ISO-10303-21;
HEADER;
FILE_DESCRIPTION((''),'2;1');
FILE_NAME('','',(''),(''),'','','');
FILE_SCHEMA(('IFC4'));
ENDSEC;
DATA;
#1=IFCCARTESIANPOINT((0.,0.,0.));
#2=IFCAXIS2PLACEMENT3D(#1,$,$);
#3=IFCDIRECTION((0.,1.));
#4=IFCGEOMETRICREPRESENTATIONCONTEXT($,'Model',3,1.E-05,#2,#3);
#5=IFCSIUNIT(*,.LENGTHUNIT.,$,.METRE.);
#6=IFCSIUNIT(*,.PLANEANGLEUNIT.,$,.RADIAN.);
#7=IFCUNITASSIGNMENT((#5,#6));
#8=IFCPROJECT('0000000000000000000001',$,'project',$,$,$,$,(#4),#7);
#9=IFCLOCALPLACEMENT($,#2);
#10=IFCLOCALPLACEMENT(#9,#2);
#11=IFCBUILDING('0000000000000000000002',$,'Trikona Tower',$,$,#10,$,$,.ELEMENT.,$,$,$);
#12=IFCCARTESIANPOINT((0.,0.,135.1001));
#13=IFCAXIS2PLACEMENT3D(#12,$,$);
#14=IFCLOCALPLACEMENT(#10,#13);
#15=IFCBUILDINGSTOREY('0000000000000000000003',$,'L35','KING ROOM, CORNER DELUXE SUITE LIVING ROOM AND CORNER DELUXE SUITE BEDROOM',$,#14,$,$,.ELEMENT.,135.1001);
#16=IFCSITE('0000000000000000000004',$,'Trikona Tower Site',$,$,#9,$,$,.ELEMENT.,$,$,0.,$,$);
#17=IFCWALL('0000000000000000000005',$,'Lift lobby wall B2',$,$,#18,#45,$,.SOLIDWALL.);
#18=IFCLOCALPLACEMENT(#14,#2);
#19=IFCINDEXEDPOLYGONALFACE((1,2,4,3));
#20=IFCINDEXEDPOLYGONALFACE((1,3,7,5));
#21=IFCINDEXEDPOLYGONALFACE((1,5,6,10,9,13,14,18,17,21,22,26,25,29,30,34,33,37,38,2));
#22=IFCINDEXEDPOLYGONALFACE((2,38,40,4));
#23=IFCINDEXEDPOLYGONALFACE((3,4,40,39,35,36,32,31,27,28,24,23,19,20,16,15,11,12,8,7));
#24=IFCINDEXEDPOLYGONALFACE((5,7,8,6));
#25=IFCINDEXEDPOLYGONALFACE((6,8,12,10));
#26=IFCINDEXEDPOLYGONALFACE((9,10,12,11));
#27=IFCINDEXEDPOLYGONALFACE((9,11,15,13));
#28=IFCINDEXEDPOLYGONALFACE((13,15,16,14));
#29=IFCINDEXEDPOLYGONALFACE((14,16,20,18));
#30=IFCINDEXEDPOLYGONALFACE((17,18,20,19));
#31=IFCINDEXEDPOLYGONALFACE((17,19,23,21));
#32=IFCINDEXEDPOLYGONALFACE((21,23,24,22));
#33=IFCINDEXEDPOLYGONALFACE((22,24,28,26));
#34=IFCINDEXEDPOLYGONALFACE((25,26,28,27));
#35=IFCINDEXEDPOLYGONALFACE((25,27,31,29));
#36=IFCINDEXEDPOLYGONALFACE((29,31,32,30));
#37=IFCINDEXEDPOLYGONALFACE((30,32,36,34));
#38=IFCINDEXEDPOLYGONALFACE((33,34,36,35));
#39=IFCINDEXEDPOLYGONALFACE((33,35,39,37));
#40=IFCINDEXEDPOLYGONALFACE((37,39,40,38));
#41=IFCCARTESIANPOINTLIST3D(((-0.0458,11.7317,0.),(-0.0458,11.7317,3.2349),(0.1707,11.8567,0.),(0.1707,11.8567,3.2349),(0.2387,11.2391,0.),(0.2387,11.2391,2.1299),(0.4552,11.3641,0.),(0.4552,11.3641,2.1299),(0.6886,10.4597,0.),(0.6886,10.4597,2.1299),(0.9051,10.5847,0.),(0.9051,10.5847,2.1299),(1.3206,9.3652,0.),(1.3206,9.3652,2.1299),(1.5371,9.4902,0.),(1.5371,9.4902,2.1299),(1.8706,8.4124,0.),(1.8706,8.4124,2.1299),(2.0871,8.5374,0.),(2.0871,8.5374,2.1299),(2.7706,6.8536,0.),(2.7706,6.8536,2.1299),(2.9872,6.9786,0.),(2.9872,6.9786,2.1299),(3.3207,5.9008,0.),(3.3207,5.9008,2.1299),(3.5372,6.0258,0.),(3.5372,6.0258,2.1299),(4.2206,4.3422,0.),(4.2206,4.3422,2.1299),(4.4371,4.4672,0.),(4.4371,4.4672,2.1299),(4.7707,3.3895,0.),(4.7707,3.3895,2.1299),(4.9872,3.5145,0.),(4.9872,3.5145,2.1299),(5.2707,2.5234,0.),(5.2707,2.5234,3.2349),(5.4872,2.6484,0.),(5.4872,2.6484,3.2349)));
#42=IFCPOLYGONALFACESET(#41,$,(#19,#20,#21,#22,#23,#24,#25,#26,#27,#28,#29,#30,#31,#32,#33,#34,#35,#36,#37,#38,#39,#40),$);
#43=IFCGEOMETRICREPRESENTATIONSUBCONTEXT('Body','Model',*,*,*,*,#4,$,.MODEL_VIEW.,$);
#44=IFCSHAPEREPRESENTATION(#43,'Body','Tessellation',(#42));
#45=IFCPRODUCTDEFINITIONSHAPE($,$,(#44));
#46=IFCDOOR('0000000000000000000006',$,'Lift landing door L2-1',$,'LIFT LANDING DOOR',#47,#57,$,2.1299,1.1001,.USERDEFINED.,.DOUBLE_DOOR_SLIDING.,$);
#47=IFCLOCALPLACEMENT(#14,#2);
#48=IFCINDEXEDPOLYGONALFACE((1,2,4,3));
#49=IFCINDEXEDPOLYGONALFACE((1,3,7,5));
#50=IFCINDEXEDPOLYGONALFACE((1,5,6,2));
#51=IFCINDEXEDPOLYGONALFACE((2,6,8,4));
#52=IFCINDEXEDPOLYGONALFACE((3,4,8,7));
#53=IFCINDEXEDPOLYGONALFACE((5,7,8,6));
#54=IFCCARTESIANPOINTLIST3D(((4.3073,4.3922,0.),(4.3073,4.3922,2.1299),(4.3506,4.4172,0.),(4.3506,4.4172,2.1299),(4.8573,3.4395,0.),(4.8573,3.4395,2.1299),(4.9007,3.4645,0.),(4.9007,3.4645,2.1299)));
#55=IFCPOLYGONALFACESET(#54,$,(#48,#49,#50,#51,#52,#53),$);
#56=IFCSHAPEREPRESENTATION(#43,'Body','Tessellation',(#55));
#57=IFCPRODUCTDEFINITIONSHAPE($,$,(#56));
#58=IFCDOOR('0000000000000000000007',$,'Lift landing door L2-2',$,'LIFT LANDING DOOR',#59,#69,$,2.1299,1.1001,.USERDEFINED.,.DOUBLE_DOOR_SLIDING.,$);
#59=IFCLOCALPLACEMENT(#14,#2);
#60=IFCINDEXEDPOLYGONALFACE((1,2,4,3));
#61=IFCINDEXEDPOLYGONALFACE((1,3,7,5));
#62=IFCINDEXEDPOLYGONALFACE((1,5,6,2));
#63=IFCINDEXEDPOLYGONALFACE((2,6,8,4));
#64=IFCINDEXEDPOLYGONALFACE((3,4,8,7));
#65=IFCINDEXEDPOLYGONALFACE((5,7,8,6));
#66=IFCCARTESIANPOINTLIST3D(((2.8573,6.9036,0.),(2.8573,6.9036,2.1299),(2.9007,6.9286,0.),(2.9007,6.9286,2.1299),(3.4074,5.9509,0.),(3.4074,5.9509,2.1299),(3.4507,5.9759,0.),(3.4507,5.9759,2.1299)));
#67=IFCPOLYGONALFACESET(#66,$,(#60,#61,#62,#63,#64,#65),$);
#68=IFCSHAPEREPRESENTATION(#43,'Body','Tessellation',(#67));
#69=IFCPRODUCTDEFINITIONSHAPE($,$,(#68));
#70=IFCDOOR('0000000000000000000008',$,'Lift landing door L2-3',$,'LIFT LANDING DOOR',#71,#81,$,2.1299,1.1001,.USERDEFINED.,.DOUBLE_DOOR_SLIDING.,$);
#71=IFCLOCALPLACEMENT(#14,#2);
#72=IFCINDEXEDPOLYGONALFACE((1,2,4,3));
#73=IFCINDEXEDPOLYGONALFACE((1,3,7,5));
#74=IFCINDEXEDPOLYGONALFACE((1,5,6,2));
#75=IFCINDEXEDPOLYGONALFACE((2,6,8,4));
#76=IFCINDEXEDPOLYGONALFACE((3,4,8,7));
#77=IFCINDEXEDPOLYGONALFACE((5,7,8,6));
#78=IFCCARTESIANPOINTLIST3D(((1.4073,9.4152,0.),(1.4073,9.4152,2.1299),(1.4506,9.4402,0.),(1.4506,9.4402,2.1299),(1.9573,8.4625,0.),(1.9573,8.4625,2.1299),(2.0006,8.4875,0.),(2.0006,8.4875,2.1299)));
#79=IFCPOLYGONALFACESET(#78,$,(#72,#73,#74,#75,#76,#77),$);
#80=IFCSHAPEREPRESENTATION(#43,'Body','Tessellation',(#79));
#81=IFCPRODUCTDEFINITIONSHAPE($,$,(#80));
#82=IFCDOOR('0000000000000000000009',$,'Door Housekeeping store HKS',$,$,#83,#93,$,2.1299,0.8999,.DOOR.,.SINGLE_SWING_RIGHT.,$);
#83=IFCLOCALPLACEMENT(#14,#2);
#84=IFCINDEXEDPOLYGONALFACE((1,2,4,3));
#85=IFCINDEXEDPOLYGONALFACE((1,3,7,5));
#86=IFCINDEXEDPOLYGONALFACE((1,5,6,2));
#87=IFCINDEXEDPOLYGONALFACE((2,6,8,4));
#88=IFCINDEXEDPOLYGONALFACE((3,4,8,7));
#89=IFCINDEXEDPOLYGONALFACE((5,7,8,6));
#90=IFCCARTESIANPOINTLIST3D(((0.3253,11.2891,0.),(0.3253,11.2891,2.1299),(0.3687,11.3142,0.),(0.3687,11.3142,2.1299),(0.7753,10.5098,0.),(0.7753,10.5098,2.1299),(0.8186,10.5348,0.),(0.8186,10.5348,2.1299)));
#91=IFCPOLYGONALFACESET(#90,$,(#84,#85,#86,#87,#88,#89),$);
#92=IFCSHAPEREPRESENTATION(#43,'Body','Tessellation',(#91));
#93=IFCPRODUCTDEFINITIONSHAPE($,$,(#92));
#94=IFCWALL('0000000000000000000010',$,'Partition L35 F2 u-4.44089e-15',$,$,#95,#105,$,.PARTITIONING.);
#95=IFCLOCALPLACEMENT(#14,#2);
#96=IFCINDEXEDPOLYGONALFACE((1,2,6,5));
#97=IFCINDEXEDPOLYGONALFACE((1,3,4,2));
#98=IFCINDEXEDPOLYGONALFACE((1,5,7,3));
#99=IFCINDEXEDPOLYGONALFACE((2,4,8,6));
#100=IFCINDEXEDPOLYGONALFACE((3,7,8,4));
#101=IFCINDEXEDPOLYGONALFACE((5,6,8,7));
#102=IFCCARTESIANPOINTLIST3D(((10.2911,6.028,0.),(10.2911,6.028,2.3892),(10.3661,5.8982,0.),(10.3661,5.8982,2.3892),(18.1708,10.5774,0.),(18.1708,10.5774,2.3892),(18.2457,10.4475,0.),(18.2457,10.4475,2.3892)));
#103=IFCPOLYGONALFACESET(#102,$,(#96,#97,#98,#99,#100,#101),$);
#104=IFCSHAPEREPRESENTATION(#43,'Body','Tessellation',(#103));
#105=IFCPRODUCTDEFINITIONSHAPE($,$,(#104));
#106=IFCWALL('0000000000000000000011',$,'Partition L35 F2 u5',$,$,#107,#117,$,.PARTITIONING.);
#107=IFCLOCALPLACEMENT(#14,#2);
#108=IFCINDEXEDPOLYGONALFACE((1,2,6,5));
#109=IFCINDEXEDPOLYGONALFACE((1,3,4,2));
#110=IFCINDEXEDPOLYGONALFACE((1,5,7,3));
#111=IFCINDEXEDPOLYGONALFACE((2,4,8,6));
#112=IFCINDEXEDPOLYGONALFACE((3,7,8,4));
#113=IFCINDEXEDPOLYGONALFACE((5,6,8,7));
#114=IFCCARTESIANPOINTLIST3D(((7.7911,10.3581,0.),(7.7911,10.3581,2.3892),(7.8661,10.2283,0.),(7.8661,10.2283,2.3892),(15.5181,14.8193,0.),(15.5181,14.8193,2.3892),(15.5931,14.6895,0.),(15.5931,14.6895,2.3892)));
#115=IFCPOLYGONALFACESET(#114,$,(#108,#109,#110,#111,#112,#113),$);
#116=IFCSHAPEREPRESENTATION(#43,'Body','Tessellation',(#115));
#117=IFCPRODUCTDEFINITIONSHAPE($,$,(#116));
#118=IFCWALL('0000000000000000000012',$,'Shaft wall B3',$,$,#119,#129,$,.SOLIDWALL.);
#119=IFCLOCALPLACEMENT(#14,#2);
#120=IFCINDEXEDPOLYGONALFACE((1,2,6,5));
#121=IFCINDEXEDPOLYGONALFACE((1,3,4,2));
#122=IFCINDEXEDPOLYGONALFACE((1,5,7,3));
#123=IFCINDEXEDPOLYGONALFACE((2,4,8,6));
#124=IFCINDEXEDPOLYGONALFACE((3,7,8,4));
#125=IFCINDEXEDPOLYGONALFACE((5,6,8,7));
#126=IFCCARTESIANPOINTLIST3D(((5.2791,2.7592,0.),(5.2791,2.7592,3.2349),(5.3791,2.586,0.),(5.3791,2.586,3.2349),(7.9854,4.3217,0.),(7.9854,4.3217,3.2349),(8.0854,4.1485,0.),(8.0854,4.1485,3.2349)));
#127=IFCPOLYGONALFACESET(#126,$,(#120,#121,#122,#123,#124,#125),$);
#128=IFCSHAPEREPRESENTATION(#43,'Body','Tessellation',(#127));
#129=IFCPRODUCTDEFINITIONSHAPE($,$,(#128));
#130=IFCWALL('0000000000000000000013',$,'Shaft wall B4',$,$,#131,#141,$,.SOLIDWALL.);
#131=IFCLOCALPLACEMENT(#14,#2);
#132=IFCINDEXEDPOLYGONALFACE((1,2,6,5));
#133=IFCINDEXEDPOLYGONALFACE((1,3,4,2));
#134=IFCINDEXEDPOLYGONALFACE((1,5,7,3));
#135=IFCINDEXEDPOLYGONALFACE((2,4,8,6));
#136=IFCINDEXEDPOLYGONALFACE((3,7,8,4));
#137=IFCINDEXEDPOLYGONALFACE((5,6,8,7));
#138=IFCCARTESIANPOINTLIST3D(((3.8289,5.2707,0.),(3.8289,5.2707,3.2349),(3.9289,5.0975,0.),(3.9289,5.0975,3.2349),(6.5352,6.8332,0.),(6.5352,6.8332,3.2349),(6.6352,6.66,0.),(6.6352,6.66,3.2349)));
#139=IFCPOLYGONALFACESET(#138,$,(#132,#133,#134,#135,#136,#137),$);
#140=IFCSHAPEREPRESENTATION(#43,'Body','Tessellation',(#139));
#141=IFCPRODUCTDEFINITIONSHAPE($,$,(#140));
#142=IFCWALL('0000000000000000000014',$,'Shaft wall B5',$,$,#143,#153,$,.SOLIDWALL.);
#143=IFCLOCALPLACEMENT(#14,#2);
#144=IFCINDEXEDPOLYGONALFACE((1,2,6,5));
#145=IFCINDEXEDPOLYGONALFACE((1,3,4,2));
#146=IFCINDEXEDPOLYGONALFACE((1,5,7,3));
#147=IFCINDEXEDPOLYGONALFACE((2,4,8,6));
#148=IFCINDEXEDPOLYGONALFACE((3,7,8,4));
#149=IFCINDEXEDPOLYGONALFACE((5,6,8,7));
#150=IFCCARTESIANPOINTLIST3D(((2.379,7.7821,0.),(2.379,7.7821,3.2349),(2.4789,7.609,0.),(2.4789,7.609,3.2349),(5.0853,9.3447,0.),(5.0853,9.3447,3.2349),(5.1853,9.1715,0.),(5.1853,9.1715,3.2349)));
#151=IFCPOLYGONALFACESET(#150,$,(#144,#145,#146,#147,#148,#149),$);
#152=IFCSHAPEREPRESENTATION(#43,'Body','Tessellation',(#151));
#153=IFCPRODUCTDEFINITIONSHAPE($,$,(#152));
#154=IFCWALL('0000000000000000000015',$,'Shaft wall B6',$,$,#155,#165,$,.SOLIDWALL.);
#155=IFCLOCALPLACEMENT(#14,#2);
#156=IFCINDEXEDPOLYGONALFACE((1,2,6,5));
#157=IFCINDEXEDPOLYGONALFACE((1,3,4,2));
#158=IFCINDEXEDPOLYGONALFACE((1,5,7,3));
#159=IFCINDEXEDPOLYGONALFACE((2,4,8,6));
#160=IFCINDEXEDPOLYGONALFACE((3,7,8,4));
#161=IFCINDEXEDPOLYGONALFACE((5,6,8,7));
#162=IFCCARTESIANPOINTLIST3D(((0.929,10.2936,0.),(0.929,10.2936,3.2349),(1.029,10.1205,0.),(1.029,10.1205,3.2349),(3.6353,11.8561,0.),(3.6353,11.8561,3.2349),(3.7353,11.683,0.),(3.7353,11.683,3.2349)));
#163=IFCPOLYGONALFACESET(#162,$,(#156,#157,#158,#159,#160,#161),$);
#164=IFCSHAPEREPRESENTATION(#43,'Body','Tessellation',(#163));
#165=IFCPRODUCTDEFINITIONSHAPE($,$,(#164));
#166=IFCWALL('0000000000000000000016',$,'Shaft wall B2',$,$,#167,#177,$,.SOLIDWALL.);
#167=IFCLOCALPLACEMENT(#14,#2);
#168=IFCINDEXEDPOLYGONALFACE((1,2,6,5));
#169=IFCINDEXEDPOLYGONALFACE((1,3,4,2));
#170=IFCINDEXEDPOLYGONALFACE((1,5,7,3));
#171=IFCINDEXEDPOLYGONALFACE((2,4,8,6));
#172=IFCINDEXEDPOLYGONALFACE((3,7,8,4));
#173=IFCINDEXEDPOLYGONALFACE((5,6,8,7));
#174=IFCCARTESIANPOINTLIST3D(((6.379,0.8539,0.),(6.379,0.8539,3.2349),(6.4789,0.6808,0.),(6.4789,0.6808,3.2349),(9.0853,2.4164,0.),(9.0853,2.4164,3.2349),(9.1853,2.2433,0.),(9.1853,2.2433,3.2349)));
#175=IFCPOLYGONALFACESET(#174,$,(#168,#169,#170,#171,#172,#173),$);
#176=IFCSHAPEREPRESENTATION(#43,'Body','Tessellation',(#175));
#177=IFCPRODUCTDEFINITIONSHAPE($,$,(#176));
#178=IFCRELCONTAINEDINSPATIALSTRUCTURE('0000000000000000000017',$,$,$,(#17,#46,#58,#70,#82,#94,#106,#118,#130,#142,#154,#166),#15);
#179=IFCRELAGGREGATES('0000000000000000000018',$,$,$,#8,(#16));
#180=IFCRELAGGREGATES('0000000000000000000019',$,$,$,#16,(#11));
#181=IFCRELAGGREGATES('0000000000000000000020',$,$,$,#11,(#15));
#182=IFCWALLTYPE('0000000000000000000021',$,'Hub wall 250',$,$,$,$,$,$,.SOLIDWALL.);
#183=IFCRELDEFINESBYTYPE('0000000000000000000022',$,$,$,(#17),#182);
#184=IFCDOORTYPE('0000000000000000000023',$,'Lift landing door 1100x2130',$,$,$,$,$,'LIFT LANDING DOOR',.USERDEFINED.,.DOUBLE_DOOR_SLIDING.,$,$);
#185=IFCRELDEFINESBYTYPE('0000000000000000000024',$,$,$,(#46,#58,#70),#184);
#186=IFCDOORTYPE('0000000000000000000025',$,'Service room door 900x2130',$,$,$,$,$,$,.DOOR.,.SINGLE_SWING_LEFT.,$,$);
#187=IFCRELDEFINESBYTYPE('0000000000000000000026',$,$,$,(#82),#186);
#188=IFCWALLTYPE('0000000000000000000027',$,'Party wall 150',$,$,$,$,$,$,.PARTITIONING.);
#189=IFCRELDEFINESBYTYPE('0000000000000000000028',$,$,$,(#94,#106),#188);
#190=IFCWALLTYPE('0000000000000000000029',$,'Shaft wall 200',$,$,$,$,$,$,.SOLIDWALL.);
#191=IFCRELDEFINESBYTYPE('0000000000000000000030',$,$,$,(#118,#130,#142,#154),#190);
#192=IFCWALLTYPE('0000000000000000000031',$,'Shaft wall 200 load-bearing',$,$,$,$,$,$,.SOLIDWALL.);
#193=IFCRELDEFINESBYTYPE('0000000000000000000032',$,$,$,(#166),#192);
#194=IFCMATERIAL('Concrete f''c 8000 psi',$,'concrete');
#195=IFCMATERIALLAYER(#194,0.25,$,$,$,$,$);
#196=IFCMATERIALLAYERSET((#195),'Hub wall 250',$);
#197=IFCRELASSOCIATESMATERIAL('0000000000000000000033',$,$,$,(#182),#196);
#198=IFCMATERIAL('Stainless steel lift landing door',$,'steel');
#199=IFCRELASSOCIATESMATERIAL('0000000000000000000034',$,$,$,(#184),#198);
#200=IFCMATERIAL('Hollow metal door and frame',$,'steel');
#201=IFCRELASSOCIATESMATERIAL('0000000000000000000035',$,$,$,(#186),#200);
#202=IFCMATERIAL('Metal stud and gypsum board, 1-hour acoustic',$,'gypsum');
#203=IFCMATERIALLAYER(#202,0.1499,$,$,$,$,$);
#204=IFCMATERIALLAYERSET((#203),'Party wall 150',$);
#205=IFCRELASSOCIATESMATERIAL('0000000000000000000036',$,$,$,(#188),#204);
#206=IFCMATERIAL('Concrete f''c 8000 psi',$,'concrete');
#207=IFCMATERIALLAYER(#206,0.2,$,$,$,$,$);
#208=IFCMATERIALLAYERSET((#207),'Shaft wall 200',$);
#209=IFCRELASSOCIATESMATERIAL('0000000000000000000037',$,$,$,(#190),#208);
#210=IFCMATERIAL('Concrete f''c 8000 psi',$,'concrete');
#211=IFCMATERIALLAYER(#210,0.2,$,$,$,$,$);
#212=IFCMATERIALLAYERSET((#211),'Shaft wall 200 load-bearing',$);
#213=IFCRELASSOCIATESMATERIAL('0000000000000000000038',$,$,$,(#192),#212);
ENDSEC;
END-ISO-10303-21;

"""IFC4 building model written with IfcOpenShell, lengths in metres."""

from ifc_helpers import new_model, si_unit, direction, frame, frame_2d, origin, place, context, subcontext, project, spatial, rectangle, extrude, material, layer, layer_set, type_object, element, fill, save


model = new_model("IFC4")

# Units and contexts
model_context = context("Model", 3, precision=1e-05, world=origin(), true_north=direction((0.0, 1.0)))
body_context = subcontext(model_context, "Body", "Model", "MODEL_VIEW")
ifc_project = project(units=[si_unit("LENGTHUNIT", "METRE"), si_unit("PLANEANGLEUNIT", "RADIAN")], contexts=[model_context])

# Site, building, storey
site_placement = place(None, origin())
site = spatial("IfcSite", under=ifc_project, at=site_placement, Name="Trikona Tower Site", CompositionType="ELEMENT", RefElevation=0.0)
building_placement = place(site_placement, origin())
building = spatial("IfcBuilding", under=site, at=building_placement, Name="Trikona Tower", CompositionType="ELEMENT")
storey_placement = place(building_placement, frame((0.0, 0.0, 135.1001)))
storey = spatial("IfcBuildingStorey", under=building, at=storey_placement, Name="L35", Description="KING ROOM, CORNER DELUXE SUITE LIVING ROOM AND CORNER DELUXE SUITE BEDROOM", CompositionType="ELEMENT", Elevation=135.1001)

# Wall, openings, doors
ifc_material_1 = material(Name="Concrete f'c 8000 psi", Category="concrete")
ifc_layer_1 = layer(ifc_material_1, 0.25)
ifc_layer_set_1 = layer_set([ifc_layer_1], Name="Hub wall 250")
wall_type_1 = type_object("IfcWallType", Name="Hub wall 250", PredefinedType="SOLIDWALL", material=ifc_layer_set_1)
wall_1_placement = place(storey_placement, frame((5.3789, 2.5859, 0.0), z_axis=(0.0, 0.0, 1.0), x_axis=(-0.500001, 0.866025, 0.0)))
wall_1 = element("IfcWall", 1, at=wall_1_placement, inside=storey, type_object=wall_type_1, Name="Lift lobby wall B2", PredefinedType="SOLIDWALL", context=body_context, shape_type="SweptSolid", body=[
    extrude(rectangle(XDim=10.6328, YDim=0.25, at=frame_2d((5.3164, 0.0))), origin(), (0.0, 0.0, 1.0), 3.2349),
])
opening_1_placement = place(wall_1_placement, frame((9.1641, 0.0, 0.0)))
opening_1 = element("IfcOpeningElement", 2, at=opening_1_placement, cuts=wall_1, PredefinedType="OPENING", context=body_context, shape_type="SweptSolid", body=[
    extrude(rectangle(XDim=0.8999, YDim=2.1299, at=frame_2d((0.45, 1.0649))), frame((0.0, 0.135, 0.0), z_axis=(0.0, -1.0, 0.0), x_axis=(1.0, 0.0, 0.0)), (0.0, 0.0, 1.0), 0.27),
])
opening_2_placement = place(wall_1_placement, frame((1.0, 0.0, 0.0)))
opening_2 = element("IfcOpeningElement", 3, at=opening_2_placement, cuts=wall_1, PredefinedType="OPENING", context=body_context, shape_type="SweptSolid", body=[
    extrude(rectangle(XDim=1.1001, YDim=2.1299, at=frame_2d((0.55, 1.0649))), frame((0.0, 0.135, 0.0), z_axis=(0.0, -1.0, 0.0), x_axis=(1.0, 0.0, 0.0)), (0.0, 0.0, 1.0), 0.27),
])
opening_3_placement = place(wall_1_placement, frame((3.8999, 0.0, 0.0)))
opening_3 = element("IfcOpeningElement", 4, at=opening_3_placement, cuts=wall_1, PredefinedType="OPENING", context=body_context, shape_type="SweptSolid", body=[
    extrude(rectangle(XDim=1.1001, YDim=2.1299, at=frame_2d((0.55, 1.0649))), frame((0.0, 0.135, 0.0), z_axis=(0.0, -1.0, 0.0), x_axis=(1.0, 0.0, 0.0)), (0.0, 0.0, 1.0), 0.27),
])
opening_4_placement = place(wall_1_placement, frame((6.8, 0.0, 0.0)))
opening_4 = element("IfcOpeningElement", 5, at=opening_4_placement, cuts=wall_1, PredefinedType="OPENING", context=body_context, shape_type="SweptSolid", body=[
    extrude(rectangle(XDim=1.1001, YDim=2.1299, at=frame_2d((0.55, 1.0649))), frame((0.0, 0.135, 0.0), z_axis=(0.0, -1.0, 0.0), x_axis=(1.0, 0.0, 0.0)), (0.0, 0.0, 1.0), 0.27),
])
ifc_material_2 = material(Name="Stainless steel lift landing door", Category="steel")
door_type_1 = type_object("IfcDoorType", Name="Lift landing door 1100x2130", ElementType="LIFT LANDING DOOR", OperationType="DOUBLE_DOOR_SLIDING", PredefinedType="USERDEFINED", material=ifc_material_2)
door_1_placement = place(opening_2_placement, origin())
door_1 = element("IfcDoor", 6, at=door_1_placement, inside=storey, type_object=door_type_1, Name="Lift landing door L2-1", ObjectType="LIFT LANDING DOOR", OperationType="DOUBLE_DOOR_SLIDING", OverallHeight=2.1299, OverallWidth=1.1001, PredefinedType="USERDEFINED", context=body_context, shape_type="SweptSolid", body=[
    extrude(rectangle(XDim=1.1001, YDim=2.1299, at=frame_2d((0.55, 1.0649))), frame((0.0, 0.0249, 0.0), z_axis=(0.0, -1.0, 0.0), x_axis=(1.0, 0.0, 0.0)), (0.0, 0.0, 1.0), 0.05),
])
fill(opening_2, door_1)
door_2_placement = place(opening_3_placement, origin())
door_2 = element("IfcDoor", 7, at=door_2_placement, inside=storey, type_object=door_type_1, Name="Lift landing door L2-2", ObjectType="LIFT LANDING DOOR", OperationType="DOUBLE_DOOR_SLIDING", OverallHeight=2.1299, OverallWidth=1.1001, PredefinedType="USERDEFINED", context=body_context, shape_type="SweptSolid", body=[
    extrude(rectangle(XDim=1.1001, YDim=2.1299, at=frame_2d((0.55, 1.0649))), frame((0.0, 0.0249, 0.0), z_axis=(0.0, -1.0, 0.0), x_axis=(1.0, 0.0, 0.0)), (0.0, 0.0, 1.0), 0.05),
])
fill(opening_3, door_2)
door_3_placement = place(opening_4_placement, origin())
door_3 = element("IfcDoor", 8, at=door_3_placement, inside=storey, type_object=door_type_1, Name="Lift landing door L2-3", ObjectType="LIFT LANDING DOOR", OperationType="DOUBLE_DOOR_SLIDING", OverallHeight=2.1299, OverallWidth=1.1001, PredefinedType="USERDEFINED", context=body_context, shape_type="SweptSolid", body=[
    extrude(rectangle(XDim=1.1001, YDim=2.1299, at=frame_2d((0.55, 1.0649))), frame((0.0, 0.0249, 0.0), z_axis=(0.0, -1.0, 0.0), x_axis=(1.0, 0.0, 0.0)), (0.0, 0.0, 1.0), 0.05),
])
fill(opening_4, door_3)
ifc_material_3 = material(Name="Hollow metal door and frame", Category="steel")
door_type_2 = type_object("IfcDoorType", Name="Service room door 900x2130", OperationType="SINGLE_SWING_LEFT", PredefinedType="DOOR", material=ifc_material_3)
door_4_placement = place(opening_1_placement, origin())
door_4 = element("IfcDoor", 9, at=door_4_placement, inside=storey, type_object=door_type_2, Name="Door Housekeeping store HKS", OperationType="SINGLE_SWING_RIGHT", OverallHeight=2.1299, OverallWidth=0.8999, PredefinedType="DOOR", context=body_context, shape_type="SweptSolid", body=[
    extrude(rectangle(XDim=0.8999, YDim=2.1299, at=frame_2d((0.45, 1.0649))), frame((0.0, 0.0249, 0.0), z_axis=(0.0, -1.0, 0.0), x_axis=(1.0, 0.0, 0.0)), (0.0, 0.0, 1.0), 0.05),
])
fill(opening_1, door_4)

# Walls
ifc_material_4 = material(Name="Metal stud and gypsum board, 1-hour acoustic", Category="gypsum")
ifc_layer_2 = layer(ifc_material_4, 0.1499)
ifc_layer_set_2 = layer_set([ifc_layer_2], Name="Party wall 150")
wall_type_2 = type_object("IfcWallType", Name="Party wall 150", PredefinedType="PARTITIONING", material=ifc_layer_set_2)
wall_2_placement = place(storey_placement, frame((10.3286, 5.9631, 0.0), z_axis=(0.0, 0.0, 1.0), x_axis=(0.866025, 0.5, 0.0)))
element("IfcWall", 10, at=wall_2_placement, inside=storey, type_object=wall_type_2, Name="Partition L35 F2 u-4.44089e-15", PredefinedType="PARTITIONING", context=body_context, shape_type="SweptSolid", body=[
    extrude(rectangle(XDim=9.0986, YDim=0.1499, at=frame_2d((4.5493, 0.0))), origin(), (0.0, 0.0, 1.0), 2.3892),
])
wall_3_placement = place(storey_placement, frame((7.8286, 10.2932, 0.0), z_axis=(0.0, 0.0, 1.0), x_axis=(0.866027, 0.499997, 0.0)))
element("IfcWall", 11, at=wall_3_placement, inside=storey, type_object=wall_type_2, Name="Partition L35 F2 u5", PredefinedType="PARTITIONING", context=body_context, shape_type="SweptSolid", body=[
    extrude(rectangle(XDim=8.9224, YDim=0.1499, at=frame_2d((4.4612, 0.0))), origin(), (0.0, 0.0, 1.0), 2.3892),
])
ifc_material_5 = material(Name="Concrete f'c 8000 psi", Category="concrete")
ifc_layer_3 = layer(ifc_material_5, 0.2)
ifc_layer_set_3 = layer_set([ifc_layer_3], Name="Shaft wall 200")
wall_type_3 = type_object("IfcWallType", Name="Shaft wall 200", PredefinedType="SOLIDWALL", material=ifc_layer_set_3)
for number, where, z_axis, x_axis, name in (
    (12, (5.3291, 2.6726, 0.0), (0.0, 0.0, 1.0), (0.866023, 0.500004, 0.0), "Shaft wall B3"),
    (13, (3.8789, 5.1841, 0.0), (0.0, 0.0, 1.0), (0.866023, 0.500004, 0.0), "Shaft wall B4"),
    (14, (2.429, 7.6956, 0.0), (0.0, 0.0, 1.0), (0.866023, 0.500004, 0.0), "Shaft wall B5"),
    (15, (0.979, 10.207, 0.0), (0.0, 0.0, 1.0), (0.866023, 0.500004, 0.0), "Shaft wall B6"),
):
    element("IfcWall", number, at=place(storey_placement, frame(where, z_axis=z_axis, x_axis=x_axis)), inside=storey, type_object=wall_type_3, Name=name, PredefinedType="SOLIDWALL", context=body_context, shape_type="SweptSolid", body=[
        extrude(rectangle(XDim=3.125, YDim=0.2, at=frame_2d((1.5625, 0.0))), origin(), (0.0, 0.0, 1.0), 3.2349),
    ])
ifc_material_6 = material(Name="Concrete f'c 8000 psi", Category="concrete")
ifc_layer_4 = layer(ifc_material_6, 0.2)
ifc_layer_set_4 = layer_set([ifc_layer_4], Name="Shaft wall 200 load-bearing")
wall_type_4 = type_object("IfcWallType", Name="Shaft wall 200 load-bearing", PredefinedType="SOLIDWALL", material=ifc_layer_set_4)
wall_4_placement = place(storey_placement, frame((6.429, 0.7673, 0.0), z_axis=(0.0, 0.0, 1.0), x_axis=(0.866023, 0.500004, 0.0)))
element("IfcWall", 16, at=wall_4_placement, inside=storey, type_object=wall_type_4, Name="Shaft wall B2", PredefinedType="SOLIDWALL", context=body_context, shape_type="SweptSolid", body=[
    extrude(rectangle(XDim=3.125, YDim=0.2, at=frame_2d((1.5625, 0.0))), origin(), (0.0, 0.0, 1.0), 3.2349),
])

save(model, "model.ifc")
